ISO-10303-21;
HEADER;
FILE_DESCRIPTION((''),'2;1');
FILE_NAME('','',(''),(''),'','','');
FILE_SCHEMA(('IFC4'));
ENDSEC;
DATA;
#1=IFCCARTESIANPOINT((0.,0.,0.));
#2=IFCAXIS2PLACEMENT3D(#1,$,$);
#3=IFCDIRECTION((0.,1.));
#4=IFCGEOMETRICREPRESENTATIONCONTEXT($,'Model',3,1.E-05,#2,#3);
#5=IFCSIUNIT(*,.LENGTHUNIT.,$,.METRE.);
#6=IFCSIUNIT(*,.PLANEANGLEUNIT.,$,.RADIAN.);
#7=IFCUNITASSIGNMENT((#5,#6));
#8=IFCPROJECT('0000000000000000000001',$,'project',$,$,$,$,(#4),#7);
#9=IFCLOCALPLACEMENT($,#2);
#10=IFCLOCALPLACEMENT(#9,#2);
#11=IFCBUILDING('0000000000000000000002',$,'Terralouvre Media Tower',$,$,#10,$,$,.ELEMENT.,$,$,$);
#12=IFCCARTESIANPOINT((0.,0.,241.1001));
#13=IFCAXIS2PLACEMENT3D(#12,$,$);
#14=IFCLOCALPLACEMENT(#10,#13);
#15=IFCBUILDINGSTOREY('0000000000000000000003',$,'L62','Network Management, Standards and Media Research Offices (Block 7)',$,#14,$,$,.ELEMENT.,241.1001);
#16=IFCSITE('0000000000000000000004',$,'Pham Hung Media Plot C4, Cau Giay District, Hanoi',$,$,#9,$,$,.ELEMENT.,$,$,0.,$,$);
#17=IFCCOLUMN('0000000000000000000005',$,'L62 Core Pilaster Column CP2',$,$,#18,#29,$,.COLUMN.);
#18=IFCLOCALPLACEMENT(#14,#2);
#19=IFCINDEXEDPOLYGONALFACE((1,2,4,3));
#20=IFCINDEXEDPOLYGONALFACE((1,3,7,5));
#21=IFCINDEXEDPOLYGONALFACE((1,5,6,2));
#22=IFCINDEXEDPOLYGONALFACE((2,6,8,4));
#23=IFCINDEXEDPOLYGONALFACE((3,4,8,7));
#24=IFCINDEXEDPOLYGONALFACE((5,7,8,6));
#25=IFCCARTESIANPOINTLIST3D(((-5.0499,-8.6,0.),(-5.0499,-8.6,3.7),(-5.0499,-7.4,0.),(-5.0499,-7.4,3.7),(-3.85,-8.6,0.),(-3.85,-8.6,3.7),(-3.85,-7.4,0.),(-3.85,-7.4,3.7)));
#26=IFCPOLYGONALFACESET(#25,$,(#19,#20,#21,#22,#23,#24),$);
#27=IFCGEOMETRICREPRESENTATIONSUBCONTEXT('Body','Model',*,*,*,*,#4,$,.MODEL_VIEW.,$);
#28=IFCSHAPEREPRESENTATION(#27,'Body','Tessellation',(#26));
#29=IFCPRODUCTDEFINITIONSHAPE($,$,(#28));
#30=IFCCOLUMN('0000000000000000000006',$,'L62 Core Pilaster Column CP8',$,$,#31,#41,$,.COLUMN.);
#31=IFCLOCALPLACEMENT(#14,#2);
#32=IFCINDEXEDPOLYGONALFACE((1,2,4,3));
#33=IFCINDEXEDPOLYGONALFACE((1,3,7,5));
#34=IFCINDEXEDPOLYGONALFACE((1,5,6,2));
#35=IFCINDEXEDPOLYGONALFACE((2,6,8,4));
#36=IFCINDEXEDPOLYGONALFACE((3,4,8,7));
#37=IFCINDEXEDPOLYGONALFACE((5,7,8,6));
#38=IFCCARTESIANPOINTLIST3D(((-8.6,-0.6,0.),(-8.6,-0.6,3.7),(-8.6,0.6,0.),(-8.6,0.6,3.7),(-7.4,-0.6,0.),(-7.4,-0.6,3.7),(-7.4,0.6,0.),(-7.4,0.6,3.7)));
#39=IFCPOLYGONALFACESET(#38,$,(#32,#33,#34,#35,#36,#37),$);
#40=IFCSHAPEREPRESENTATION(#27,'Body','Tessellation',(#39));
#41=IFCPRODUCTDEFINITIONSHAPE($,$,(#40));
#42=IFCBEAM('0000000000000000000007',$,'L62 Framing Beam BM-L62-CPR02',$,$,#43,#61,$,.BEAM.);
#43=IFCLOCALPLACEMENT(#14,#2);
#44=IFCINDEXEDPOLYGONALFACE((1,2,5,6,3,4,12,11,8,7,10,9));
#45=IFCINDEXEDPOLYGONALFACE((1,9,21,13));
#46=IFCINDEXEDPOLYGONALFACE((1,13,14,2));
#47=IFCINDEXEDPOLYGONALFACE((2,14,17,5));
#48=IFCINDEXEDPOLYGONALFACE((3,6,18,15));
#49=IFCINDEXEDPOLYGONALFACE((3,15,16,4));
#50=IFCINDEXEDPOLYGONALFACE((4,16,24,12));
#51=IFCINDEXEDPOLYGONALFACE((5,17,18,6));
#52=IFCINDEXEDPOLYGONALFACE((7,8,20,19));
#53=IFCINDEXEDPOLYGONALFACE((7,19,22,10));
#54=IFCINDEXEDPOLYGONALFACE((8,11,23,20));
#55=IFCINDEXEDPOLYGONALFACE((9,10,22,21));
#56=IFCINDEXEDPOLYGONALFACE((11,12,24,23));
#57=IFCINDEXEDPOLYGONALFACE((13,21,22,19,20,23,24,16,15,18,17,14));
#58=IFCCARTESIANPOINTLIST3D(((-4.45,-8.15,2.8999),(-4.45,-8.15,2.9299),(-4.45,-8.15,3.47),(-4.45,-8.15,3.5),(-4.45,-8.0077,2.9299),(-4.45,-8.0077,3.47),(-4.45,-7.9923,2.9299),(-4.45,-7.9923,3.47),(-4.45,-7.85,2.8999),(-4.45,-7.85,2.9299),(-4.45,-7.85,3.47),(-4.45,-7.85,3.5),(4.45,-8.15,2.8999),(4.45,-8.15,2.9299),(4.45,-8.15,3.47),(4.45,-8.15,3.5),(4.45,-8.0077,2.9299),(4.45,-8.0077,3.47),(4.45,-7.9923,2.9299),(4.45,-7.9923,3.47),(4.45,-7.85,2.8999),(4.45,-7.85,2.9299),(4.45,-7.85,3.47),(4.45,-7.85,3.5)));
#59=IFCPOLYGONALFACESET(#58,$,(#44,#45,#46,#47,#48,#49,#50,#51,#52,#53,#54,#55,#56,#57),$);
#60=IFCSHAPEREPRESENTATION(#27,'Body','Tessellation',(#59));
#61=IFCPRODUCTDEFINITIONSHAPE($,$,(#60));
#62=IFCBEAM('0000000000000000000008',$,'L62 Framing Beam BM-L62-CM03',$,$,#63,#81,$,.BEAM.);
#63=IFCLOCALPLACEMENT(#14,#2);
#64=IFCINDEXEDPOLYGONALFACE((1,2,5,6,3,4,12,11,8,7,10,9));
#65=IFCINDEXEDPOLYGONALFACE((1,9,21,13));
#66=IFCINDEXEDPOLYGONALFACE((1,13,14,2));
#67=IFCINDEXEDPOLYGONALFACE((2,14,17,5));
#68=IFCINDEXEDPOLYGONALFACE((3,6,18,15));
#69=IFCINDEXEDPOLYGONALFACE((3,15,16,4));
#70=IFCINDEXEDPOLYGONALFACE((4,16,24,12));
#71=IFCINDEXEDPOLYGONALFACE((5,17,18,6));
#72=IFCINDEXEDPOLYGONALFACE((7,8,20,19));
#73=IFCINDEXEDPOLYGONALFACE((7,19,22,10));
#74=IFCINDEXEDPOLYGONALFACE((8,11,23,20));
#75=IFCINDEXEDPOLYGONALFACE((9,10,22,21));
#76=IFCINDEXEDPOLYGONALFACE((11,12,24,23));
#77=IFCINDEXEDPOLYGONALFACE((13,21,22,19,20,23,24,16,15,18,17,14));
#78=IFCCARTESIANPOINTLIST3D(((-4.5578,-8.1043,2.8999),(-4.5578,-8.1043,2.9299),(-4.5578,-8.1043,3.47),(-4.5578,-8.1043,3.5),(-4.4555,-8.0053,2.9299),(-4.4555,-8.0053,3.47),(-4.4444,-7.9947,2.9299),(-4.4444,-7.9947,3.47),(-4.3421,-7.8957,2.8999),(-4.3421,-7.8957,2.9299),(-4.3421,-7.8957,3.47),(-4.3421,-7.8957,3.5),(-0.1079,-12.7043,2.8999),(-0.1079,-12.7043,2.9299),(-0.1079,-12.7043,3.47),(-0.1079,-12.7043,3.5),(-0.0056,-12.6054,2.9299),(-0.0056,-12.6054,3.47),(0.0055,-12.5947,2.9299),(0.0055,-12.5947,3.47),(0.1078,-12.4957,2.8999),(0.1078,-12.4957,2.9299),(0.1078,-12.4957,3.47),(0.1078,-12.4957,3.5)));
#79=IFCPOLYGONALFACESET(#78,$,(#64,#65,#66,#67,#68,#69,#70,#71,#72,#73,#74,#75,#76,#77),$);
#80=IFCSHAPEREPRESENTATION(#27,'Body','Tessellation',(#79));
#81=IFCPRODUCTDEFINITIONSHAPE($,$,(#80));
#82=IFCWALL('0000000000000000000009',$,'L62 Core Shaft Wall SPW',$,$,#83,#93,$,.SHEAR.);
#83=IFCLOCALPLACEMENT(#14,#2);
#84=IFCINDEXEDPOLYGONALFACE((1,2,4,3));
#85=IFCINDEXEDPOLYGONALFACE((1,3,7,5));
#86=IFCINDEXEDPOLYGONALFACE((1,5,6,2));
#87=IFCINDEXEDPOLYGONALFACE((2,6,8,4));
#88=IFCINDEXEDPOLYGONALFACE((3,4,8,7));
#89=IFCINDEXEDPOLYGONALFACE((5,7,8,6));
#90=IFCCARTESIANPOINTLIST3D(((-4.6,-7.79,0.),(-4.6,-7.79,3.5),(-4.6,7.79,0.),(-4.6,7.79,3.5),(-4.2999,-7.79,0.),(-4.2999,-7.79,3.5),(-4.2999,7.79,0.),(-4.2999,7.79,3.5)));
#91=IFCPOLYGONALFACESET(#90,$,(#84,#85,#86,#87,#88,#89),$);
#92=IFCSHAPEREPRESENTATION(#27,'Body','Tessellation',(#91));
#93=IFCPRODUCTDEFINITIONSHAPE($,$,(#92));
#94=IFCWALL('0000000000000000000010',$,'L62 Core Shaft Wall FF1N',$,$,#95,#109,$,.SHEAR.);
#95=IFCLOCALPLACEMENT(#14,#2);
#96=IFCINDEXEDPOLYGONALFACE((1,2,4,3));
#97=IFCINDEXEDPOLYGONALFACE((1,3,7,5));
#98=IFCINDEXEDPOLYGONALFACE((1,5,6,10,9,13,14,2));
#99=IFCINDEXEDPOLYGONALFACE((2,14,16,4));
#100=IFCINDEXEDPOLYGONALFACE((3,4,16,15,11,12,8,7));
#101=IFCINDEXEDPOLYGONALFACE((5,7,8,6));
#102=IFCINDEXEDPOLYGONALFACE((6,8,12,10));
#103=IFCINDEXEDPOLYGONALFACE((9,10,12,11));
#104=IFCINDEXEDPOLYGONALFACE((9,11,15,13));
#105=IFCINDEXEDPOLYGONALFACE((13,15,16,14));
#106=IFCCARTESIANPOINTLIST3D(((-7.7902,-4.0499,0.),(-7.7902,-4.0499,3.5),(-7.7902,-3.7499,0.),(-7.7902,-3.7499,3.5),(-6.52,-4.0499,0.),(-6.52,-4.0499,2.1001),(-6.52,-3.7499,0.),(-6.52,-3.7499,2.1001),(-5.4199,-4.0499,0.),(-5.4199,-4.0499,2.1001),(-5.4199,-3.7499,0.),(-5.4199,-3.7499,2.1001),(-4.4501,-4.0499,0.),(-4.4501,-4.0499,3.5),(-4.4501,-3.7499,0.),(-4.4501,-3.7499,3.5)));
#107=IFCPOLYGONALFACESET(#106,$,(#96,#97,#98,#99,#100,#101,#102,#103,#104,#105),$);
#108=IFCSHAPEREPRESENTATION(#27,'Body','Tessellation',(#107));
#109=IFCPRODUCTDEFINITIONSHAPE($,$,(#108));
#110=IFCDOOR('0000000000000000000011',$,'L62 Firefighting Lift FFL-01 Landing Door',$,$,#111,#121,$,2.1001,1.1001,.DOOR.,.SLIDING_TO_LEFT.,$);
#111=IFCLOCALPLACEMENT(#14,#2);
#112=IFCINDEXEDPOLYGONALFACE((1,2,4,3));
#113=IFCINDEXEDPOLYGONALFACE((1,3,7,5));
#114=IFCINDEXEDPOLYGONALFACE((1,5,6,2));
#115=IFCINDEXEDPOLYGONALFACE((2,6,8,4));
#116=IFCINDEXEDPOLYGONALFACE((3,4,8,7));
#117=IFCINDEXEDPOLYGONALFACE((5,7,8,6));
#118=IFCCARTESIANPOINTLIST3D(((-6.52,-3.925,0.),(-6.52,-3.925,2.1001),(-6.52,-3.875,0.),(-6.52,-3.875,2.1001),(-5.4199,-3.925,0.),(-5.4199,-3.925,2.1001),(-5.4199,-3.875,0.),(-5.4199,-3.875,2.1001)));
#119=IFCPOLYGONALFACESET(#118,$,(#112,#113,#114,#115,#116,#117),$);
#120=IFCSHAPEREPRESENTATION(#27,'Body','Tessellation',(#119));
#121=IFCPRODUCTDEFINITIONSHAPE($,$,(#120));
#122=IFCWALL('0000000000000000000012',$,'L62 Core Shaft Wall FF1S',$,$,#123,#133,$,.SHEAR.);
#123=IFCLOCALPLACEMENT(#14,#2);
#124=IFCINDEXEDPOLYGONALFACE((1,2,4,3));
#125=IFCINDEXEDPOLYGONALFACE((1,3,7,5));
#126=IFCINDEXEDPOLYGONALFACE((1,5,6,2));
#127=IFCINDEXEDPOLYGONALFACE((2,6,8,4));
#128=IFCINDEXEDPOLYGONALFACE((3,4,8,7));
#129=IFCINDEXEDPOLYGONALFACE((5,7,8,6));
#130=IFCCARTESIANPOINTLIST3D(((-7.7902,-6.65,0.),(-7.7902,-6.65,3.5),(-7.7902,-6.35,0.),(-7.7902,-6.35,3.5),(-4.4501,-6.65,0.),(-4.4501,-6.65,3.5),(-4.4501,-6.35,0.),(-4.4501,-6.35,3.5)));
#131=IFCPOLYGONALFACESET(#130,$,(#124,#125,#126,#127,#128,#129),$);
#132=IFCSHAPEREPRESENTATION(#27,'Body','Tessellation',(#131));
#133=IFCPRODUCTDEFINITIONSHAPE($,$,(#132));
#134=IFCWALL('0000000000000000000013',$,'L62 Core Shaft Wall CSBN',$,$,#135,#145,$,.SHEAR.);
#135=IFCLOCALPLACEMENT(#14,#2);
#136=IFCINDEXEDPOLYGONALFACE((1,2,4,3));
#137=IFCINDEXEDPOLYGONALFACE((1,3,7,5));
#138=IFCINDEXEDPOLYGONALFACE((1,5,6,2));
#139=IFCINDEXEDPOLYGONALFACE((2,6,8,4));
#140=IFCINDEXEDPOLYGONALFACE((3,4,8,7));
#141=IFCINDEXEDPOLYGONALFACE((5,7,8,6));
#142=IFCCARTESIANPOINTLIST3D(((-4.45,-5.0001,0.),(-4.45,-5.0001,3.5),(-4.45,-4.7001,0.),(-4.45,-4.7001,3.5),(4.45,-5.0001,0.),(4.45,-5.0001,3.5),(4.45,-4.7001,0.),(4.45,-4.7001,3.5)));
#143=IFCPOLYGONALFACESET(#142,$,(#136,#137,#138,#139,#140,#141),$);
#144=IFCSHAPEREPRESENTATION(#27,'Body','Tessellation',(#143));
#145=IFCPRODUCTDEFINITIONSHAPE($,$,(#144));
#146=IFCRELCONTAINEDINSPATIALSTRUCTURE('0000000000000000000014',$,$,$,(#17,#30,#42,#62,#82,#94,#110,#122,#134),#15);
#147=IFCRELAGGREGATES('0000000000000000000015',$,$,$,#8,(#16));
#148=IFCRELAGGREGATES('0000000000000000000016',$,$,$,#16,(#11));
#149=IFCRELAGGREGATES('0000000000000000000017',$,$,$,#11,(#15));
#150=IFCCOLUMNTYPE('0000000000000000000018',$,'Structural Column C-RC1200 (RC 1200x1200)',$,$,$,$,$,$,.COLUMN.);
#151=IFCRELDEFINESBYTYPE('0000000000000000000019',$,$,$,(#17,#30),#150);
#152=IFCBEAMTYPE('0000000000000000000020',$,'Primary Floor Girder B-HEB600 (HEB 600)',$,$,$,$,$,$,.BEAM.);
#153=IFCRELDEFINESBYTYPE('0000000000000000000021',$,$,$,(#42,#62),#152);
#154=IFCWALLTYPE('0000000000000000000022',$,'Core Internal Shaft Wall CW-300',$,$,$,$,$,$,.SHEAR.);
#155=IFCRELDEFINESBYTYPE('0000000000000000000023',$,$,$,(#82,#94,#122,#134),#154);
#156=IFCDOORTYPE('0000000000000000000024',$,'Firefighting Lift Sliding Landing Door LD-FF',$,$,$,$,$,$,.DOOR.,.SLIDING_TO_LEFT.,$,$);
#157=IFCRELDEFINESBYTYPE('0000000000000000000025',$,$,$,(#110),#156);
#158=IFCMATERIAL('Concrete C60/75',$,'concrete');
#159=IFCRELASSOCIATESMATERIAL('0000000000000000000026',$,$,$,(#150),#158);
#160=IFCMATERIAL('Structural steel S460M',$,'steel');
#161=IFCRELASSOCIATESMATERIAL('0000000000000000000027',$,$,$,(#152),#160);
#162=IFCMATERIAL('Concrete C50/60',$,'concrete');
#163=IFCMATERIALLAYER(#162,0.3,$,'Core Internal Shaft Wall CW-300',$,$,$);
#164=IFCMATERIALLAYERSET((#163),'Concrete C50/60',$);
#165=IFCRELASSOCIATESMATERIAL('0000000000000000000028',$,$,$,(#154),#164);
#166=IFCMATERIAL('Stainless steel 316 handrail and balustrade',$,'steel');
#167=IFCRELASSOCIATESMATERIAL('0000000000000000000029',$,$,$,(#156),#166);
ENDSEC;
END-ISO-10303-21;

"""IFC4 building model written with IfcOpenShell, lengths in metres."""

from ifc_helpers import new_model, si_unit, direction, frame, frame_2d, origin, origin_2d, place, context, subcontext, project, spatial, rectangle, i_section, extrude, material, layer, layer_set, material_profile, profile_set, type_object, element, fill, save


model = new_model("IFC4")

# Units and contexts
model_context = context("Model", 3, precision=1e-05, world=origin(), true_north=direction((0.0, 1.0)))
body_context = subcontext(model_context, "Body", "Model", "MODEL_VIEW")
ifc_project = project(units=[si_unit("LENGTHUNIT", "METRE"), si_unit("PLANEANGLEUNIT", "RADIAN")], contexts=[model_context])

# Site, building, storey
site_placement = place(None, origin())
site = spatial("IfcSite", under=ifc_project, at=site_placement, Name="Pham Hung Media Plot C4, Cau Giay District, Hanoi", CompositionType="ELEMENT", RefElevation=0.0)
building_placement = place(site_placement, origin())
building = spatial("IfcBuilding", under=site, at=building_placement, Name="Terralouvre Media Tower", CompositionType="ELEMENT")
storey_placement = place(building_placement, frame((0.0, 0.0, 241.1001)))
storey = spatial("IfcBuildingStorey", under=building, at=storey_placement, Name="L62", Description="Network Management, Standards and Media Research Offices (Block 7)", CompositionType="ELEMENT", Elevation=241.1001)

# Columns
ifc_material_1 = material(Name="Concrete C60/75", Category="concrete")
ifc_material_profile_1 = material_profile(ifc_material_1, rectangle(XDim=1.2, YDim=1.2, at=origin_2d()), Name="RC 1200x1200")
ifc_profile_set_1 = profile_set([ifc_material_profile_1], Name="Concrete C60/75")
column_type = type_object("IfcColumnType", Name="Structural Column C-RC1200 (RC 1200x1200)", PredefinedType="COLUMN", material=ifc_profile_set_1)
for number, where, z_axis, x_axis, name in (
    (1, (-4.45, -8.0, 0.0), (0.0, 0.0, 1.0), (1.0, 0.0, 0.0), "L62 Core Pilaster Column CP2"),
    (2, (-8.0, 0.0, 0.0), (0.0, 0.0, 1.0), (1.0, 0.0, 0.0), "L62 Core Pilaster Column CP8"),
):
    element("IfcColumn", number, at=place(storey_placement, frame(where, z_axis=z_axis, x_axis=x_axis)), inside=storey, type_object=column_type, Name=name, PredefinedType="COLUMN", context=body_context, shape_type="SweptSolid", body=[
        extrude(rectangle(XDim=1.2, YDim=1.2, at=origin_2d()), origin(), (0.0, 0.0, 1.0), 3.7),
    ])

# Beams
ifc_material_2 = material(Name="Structural steel S460M", Category="steel")
ifc_material_profile_2 = material_profile(ifc_material_2, i_section(OverallWidth=0.3, OverallDepth=0.6001, WebThickness=0.0154, FlangeThickness=0.03, at=origin_2d()), Name="HEB 600")
ifc_profile_set_2 = profile_set([ifc_material_profile_2], Name="Structural steel S460M")
beam_type = type_object("IfcBeamType", Name="Primary Floor Girder B-HEB600 (HEB 600)", PredefinedType="BEAM", material=ifc_profile_set_2)
beam_1_placement = place(storey_placement, frame((-4.45, -8.0, 3.2), z_axis=(1.0, 0.0, 0.0), x_axis=(0.0, 1.0, 0.0)))
element("IfcBeam", 3, at=beam_1_placement, inside=storey, type_object=beam_type, Name="L62 Framing Beam BM-L62-CPR02", PredefinedType="BEAM", context=body_context, shape_type="SweptSolid", body=[
    extrude(i_section(OverallWidth=0.3, OverallDepth=0.6001, WebThickness=0.0154, FlangeThickness=0.03, at=origin_2d()), origin(), (0.0, 0.0, 1.0), 8.8999),
])
beam_2_placement = place(storey_placement, frame((-4.45, -8.0, 3.2), z_axis=(0.69528, -0.718739, 0.0), x_axis=(0.718739, 0.69528, 0.0)))
element("IfcBeam", 4, at=beam_2_placement, inside=storey, type_object=beam_type, Name="L62 Framing Beam BM-L62-CM03", PredefinedType="BEAM", context=body_context, shape_type="SweptSolid", body=[
    extrude(i_section(OverallWidth=0.3, OverallDepth=0.6001, WebThickness=0.0154, FlangeThickness=0.03, at=origin_2d()), origin(), (0.0, 0.0, 1.0), 6.4001),
])

# Wall
ifc_material_3 = material(Name="Concrete C50/60", Category="concrete")
ifc_layer_1 = layer(ifc_material_3, 0.3, Name="Core Internal Shaft Wall CW-300")
ifc_layer_set_1 = layer_set([ifc_layer_1], Name="Concrete C50/60")
wall_type_1 = type_object("IfcWallType", Name="Core Internal Shaft Wall CW-300", PredefinedType="SHEAR", material=ifc_layer_set_1)
wall_1_placement = place(storey_placement, frame((-4.45, -7.79, 0.0), z_axis=(0.0, 0.0, 1.0), x_axis=(0.0, 1.0, 0.0)))
element("IfcWall", 5, at=wall_1_placement, inside=storey, type_object=wall_type_1, Name="L62 Core Shaft Wall SPW", PredefinedType="SHEAR", context=body_context, shape_type="SweptSolid", body=[
    extrude(rectangle(XDim=15.5801, YDim=0.3, at=frame_2d((7.79, 0.0))), origin(), (0.0, 0.0, 1.0), 3.5),
])

# Wall, opening, door
wall_2_placement = place(storey_placement, frame((-7.79, -3.8999, 0.0), z_axis=(0.0, 0.0, 1.0), x_axis=(1.0, 0.0, 0.0)))
wall_2 = element("IfcWall", 6, at=wall_2_placement, inside=storey, type_object=wall_type_1, Name="L62 Core Shaft Wall FF1N", PredefinedType="SHEAR", context=body_context, shape_type="SweptSolid", body=[
    extrude(rectangle(XDim=3.3401, YDim=0.3, at=frame_2d((1.6699, 0.0))), origin(), (0.0, 0.0, 1.0), 3.5),
])
opening_1_placement = place(wall_2_placement, frame((1.27, 0.0, 0.0)))
opening_1 = element("IfcOpeningElement", 7, at=opening_1_placement, cuts=wall_2, PredefinedType="OPENING", context=body_context, shape_type="SweptSolid", body=[
    extrude(rectangle(XDim=1.1001, YDim=2.1001, at=frame_2d((0.55, 1.05))), frame((0.0, 0.1599, 0.0), z_axis=(0.0, -1.0, 0.0), x_axis=(1.0, 0.0, 0.0)), (0.0, 0.0, 1.0), 0.3201),
])
ifc_material_4 = material(Name="Stainless steel 316 handrail and balustrade", Category="steel")
door_type_1 = type_object("IfcDoorType", Name="Firefighting Lift Sliding Landing Door LD-FF", OperationType="SLIDING_TO_LEFT", PredefinedType="DOOR", material=ifc_material_4)
door_1_placement = place(opening_1_placement, origin())
door_1 = element("IfcDoor", 8, at=door_1_placement, inside=storey, type_object=door_type_1, Name="L62 Firefighting Lift FFL-01 Landing Door", OperationType="SLIDING_TO_LEFT", OverallHeight=2.1001, OverallWidth=1.1001, PredefinedType="DOOR", context=body_context, shape_type="SweptSolid", body=[
    extrude(rectangle(XDim=1.1001, YDim=2.1001, at=frame_2d((0.55, 1.05))), frame((0.0, 0.0249, 0.0), z_axis=(0.0, -1.0, 0.0), x_axis=(1.0, 0.0, 0.0)), (0.0, 0.0, 1.0), 0.05),
])
fill(opening_1, door_1)

# Walls
wall_3_placement = place(storey_placement, frame((-7.79, -6.5, 0.0), z_axis=(0.0, 0.0, 1.0), x_axis=(1.0, 0.0, 0.0)))
element("IfcWall", 9, at=wall_3_placement, inside=storey, type_object=wall_type_1, Name="L62 Core Shaft Wall FF1S", PredefinedType="SHEAR", context=body_context, shape_type="SweptSolid", body=[
    extrude(rectangle(XDim=3.3401, YDim=0.3, at=frame_2d((1.6699, 0.0))), origin(), (0.0, 0.0, 1.0), 3.5),
])
wall_4_placement = place(storey_placement, frame((-4.45, -4.8501, 0.0), z_axis=(0.0, 0.0, 1.0), x_axis=(1.0, 0.0, 0.0)))
element("IfcWall", 10, at=wall_4_placement, inside=storey, type_object=wall_type_1, Name="L62 Core Shaft Wall CSBN", PredefinedType="SHEAR", context=body_context, shape_type="SweptSolid", body=[
    extrude(rectangle(XDim=8.8999, YDim=0.3, at=frame_2d((4.45, 0.0))), origin(), (0.0, 0.0, 1.0), 3.5),
])

save(model, "model.ifc")
